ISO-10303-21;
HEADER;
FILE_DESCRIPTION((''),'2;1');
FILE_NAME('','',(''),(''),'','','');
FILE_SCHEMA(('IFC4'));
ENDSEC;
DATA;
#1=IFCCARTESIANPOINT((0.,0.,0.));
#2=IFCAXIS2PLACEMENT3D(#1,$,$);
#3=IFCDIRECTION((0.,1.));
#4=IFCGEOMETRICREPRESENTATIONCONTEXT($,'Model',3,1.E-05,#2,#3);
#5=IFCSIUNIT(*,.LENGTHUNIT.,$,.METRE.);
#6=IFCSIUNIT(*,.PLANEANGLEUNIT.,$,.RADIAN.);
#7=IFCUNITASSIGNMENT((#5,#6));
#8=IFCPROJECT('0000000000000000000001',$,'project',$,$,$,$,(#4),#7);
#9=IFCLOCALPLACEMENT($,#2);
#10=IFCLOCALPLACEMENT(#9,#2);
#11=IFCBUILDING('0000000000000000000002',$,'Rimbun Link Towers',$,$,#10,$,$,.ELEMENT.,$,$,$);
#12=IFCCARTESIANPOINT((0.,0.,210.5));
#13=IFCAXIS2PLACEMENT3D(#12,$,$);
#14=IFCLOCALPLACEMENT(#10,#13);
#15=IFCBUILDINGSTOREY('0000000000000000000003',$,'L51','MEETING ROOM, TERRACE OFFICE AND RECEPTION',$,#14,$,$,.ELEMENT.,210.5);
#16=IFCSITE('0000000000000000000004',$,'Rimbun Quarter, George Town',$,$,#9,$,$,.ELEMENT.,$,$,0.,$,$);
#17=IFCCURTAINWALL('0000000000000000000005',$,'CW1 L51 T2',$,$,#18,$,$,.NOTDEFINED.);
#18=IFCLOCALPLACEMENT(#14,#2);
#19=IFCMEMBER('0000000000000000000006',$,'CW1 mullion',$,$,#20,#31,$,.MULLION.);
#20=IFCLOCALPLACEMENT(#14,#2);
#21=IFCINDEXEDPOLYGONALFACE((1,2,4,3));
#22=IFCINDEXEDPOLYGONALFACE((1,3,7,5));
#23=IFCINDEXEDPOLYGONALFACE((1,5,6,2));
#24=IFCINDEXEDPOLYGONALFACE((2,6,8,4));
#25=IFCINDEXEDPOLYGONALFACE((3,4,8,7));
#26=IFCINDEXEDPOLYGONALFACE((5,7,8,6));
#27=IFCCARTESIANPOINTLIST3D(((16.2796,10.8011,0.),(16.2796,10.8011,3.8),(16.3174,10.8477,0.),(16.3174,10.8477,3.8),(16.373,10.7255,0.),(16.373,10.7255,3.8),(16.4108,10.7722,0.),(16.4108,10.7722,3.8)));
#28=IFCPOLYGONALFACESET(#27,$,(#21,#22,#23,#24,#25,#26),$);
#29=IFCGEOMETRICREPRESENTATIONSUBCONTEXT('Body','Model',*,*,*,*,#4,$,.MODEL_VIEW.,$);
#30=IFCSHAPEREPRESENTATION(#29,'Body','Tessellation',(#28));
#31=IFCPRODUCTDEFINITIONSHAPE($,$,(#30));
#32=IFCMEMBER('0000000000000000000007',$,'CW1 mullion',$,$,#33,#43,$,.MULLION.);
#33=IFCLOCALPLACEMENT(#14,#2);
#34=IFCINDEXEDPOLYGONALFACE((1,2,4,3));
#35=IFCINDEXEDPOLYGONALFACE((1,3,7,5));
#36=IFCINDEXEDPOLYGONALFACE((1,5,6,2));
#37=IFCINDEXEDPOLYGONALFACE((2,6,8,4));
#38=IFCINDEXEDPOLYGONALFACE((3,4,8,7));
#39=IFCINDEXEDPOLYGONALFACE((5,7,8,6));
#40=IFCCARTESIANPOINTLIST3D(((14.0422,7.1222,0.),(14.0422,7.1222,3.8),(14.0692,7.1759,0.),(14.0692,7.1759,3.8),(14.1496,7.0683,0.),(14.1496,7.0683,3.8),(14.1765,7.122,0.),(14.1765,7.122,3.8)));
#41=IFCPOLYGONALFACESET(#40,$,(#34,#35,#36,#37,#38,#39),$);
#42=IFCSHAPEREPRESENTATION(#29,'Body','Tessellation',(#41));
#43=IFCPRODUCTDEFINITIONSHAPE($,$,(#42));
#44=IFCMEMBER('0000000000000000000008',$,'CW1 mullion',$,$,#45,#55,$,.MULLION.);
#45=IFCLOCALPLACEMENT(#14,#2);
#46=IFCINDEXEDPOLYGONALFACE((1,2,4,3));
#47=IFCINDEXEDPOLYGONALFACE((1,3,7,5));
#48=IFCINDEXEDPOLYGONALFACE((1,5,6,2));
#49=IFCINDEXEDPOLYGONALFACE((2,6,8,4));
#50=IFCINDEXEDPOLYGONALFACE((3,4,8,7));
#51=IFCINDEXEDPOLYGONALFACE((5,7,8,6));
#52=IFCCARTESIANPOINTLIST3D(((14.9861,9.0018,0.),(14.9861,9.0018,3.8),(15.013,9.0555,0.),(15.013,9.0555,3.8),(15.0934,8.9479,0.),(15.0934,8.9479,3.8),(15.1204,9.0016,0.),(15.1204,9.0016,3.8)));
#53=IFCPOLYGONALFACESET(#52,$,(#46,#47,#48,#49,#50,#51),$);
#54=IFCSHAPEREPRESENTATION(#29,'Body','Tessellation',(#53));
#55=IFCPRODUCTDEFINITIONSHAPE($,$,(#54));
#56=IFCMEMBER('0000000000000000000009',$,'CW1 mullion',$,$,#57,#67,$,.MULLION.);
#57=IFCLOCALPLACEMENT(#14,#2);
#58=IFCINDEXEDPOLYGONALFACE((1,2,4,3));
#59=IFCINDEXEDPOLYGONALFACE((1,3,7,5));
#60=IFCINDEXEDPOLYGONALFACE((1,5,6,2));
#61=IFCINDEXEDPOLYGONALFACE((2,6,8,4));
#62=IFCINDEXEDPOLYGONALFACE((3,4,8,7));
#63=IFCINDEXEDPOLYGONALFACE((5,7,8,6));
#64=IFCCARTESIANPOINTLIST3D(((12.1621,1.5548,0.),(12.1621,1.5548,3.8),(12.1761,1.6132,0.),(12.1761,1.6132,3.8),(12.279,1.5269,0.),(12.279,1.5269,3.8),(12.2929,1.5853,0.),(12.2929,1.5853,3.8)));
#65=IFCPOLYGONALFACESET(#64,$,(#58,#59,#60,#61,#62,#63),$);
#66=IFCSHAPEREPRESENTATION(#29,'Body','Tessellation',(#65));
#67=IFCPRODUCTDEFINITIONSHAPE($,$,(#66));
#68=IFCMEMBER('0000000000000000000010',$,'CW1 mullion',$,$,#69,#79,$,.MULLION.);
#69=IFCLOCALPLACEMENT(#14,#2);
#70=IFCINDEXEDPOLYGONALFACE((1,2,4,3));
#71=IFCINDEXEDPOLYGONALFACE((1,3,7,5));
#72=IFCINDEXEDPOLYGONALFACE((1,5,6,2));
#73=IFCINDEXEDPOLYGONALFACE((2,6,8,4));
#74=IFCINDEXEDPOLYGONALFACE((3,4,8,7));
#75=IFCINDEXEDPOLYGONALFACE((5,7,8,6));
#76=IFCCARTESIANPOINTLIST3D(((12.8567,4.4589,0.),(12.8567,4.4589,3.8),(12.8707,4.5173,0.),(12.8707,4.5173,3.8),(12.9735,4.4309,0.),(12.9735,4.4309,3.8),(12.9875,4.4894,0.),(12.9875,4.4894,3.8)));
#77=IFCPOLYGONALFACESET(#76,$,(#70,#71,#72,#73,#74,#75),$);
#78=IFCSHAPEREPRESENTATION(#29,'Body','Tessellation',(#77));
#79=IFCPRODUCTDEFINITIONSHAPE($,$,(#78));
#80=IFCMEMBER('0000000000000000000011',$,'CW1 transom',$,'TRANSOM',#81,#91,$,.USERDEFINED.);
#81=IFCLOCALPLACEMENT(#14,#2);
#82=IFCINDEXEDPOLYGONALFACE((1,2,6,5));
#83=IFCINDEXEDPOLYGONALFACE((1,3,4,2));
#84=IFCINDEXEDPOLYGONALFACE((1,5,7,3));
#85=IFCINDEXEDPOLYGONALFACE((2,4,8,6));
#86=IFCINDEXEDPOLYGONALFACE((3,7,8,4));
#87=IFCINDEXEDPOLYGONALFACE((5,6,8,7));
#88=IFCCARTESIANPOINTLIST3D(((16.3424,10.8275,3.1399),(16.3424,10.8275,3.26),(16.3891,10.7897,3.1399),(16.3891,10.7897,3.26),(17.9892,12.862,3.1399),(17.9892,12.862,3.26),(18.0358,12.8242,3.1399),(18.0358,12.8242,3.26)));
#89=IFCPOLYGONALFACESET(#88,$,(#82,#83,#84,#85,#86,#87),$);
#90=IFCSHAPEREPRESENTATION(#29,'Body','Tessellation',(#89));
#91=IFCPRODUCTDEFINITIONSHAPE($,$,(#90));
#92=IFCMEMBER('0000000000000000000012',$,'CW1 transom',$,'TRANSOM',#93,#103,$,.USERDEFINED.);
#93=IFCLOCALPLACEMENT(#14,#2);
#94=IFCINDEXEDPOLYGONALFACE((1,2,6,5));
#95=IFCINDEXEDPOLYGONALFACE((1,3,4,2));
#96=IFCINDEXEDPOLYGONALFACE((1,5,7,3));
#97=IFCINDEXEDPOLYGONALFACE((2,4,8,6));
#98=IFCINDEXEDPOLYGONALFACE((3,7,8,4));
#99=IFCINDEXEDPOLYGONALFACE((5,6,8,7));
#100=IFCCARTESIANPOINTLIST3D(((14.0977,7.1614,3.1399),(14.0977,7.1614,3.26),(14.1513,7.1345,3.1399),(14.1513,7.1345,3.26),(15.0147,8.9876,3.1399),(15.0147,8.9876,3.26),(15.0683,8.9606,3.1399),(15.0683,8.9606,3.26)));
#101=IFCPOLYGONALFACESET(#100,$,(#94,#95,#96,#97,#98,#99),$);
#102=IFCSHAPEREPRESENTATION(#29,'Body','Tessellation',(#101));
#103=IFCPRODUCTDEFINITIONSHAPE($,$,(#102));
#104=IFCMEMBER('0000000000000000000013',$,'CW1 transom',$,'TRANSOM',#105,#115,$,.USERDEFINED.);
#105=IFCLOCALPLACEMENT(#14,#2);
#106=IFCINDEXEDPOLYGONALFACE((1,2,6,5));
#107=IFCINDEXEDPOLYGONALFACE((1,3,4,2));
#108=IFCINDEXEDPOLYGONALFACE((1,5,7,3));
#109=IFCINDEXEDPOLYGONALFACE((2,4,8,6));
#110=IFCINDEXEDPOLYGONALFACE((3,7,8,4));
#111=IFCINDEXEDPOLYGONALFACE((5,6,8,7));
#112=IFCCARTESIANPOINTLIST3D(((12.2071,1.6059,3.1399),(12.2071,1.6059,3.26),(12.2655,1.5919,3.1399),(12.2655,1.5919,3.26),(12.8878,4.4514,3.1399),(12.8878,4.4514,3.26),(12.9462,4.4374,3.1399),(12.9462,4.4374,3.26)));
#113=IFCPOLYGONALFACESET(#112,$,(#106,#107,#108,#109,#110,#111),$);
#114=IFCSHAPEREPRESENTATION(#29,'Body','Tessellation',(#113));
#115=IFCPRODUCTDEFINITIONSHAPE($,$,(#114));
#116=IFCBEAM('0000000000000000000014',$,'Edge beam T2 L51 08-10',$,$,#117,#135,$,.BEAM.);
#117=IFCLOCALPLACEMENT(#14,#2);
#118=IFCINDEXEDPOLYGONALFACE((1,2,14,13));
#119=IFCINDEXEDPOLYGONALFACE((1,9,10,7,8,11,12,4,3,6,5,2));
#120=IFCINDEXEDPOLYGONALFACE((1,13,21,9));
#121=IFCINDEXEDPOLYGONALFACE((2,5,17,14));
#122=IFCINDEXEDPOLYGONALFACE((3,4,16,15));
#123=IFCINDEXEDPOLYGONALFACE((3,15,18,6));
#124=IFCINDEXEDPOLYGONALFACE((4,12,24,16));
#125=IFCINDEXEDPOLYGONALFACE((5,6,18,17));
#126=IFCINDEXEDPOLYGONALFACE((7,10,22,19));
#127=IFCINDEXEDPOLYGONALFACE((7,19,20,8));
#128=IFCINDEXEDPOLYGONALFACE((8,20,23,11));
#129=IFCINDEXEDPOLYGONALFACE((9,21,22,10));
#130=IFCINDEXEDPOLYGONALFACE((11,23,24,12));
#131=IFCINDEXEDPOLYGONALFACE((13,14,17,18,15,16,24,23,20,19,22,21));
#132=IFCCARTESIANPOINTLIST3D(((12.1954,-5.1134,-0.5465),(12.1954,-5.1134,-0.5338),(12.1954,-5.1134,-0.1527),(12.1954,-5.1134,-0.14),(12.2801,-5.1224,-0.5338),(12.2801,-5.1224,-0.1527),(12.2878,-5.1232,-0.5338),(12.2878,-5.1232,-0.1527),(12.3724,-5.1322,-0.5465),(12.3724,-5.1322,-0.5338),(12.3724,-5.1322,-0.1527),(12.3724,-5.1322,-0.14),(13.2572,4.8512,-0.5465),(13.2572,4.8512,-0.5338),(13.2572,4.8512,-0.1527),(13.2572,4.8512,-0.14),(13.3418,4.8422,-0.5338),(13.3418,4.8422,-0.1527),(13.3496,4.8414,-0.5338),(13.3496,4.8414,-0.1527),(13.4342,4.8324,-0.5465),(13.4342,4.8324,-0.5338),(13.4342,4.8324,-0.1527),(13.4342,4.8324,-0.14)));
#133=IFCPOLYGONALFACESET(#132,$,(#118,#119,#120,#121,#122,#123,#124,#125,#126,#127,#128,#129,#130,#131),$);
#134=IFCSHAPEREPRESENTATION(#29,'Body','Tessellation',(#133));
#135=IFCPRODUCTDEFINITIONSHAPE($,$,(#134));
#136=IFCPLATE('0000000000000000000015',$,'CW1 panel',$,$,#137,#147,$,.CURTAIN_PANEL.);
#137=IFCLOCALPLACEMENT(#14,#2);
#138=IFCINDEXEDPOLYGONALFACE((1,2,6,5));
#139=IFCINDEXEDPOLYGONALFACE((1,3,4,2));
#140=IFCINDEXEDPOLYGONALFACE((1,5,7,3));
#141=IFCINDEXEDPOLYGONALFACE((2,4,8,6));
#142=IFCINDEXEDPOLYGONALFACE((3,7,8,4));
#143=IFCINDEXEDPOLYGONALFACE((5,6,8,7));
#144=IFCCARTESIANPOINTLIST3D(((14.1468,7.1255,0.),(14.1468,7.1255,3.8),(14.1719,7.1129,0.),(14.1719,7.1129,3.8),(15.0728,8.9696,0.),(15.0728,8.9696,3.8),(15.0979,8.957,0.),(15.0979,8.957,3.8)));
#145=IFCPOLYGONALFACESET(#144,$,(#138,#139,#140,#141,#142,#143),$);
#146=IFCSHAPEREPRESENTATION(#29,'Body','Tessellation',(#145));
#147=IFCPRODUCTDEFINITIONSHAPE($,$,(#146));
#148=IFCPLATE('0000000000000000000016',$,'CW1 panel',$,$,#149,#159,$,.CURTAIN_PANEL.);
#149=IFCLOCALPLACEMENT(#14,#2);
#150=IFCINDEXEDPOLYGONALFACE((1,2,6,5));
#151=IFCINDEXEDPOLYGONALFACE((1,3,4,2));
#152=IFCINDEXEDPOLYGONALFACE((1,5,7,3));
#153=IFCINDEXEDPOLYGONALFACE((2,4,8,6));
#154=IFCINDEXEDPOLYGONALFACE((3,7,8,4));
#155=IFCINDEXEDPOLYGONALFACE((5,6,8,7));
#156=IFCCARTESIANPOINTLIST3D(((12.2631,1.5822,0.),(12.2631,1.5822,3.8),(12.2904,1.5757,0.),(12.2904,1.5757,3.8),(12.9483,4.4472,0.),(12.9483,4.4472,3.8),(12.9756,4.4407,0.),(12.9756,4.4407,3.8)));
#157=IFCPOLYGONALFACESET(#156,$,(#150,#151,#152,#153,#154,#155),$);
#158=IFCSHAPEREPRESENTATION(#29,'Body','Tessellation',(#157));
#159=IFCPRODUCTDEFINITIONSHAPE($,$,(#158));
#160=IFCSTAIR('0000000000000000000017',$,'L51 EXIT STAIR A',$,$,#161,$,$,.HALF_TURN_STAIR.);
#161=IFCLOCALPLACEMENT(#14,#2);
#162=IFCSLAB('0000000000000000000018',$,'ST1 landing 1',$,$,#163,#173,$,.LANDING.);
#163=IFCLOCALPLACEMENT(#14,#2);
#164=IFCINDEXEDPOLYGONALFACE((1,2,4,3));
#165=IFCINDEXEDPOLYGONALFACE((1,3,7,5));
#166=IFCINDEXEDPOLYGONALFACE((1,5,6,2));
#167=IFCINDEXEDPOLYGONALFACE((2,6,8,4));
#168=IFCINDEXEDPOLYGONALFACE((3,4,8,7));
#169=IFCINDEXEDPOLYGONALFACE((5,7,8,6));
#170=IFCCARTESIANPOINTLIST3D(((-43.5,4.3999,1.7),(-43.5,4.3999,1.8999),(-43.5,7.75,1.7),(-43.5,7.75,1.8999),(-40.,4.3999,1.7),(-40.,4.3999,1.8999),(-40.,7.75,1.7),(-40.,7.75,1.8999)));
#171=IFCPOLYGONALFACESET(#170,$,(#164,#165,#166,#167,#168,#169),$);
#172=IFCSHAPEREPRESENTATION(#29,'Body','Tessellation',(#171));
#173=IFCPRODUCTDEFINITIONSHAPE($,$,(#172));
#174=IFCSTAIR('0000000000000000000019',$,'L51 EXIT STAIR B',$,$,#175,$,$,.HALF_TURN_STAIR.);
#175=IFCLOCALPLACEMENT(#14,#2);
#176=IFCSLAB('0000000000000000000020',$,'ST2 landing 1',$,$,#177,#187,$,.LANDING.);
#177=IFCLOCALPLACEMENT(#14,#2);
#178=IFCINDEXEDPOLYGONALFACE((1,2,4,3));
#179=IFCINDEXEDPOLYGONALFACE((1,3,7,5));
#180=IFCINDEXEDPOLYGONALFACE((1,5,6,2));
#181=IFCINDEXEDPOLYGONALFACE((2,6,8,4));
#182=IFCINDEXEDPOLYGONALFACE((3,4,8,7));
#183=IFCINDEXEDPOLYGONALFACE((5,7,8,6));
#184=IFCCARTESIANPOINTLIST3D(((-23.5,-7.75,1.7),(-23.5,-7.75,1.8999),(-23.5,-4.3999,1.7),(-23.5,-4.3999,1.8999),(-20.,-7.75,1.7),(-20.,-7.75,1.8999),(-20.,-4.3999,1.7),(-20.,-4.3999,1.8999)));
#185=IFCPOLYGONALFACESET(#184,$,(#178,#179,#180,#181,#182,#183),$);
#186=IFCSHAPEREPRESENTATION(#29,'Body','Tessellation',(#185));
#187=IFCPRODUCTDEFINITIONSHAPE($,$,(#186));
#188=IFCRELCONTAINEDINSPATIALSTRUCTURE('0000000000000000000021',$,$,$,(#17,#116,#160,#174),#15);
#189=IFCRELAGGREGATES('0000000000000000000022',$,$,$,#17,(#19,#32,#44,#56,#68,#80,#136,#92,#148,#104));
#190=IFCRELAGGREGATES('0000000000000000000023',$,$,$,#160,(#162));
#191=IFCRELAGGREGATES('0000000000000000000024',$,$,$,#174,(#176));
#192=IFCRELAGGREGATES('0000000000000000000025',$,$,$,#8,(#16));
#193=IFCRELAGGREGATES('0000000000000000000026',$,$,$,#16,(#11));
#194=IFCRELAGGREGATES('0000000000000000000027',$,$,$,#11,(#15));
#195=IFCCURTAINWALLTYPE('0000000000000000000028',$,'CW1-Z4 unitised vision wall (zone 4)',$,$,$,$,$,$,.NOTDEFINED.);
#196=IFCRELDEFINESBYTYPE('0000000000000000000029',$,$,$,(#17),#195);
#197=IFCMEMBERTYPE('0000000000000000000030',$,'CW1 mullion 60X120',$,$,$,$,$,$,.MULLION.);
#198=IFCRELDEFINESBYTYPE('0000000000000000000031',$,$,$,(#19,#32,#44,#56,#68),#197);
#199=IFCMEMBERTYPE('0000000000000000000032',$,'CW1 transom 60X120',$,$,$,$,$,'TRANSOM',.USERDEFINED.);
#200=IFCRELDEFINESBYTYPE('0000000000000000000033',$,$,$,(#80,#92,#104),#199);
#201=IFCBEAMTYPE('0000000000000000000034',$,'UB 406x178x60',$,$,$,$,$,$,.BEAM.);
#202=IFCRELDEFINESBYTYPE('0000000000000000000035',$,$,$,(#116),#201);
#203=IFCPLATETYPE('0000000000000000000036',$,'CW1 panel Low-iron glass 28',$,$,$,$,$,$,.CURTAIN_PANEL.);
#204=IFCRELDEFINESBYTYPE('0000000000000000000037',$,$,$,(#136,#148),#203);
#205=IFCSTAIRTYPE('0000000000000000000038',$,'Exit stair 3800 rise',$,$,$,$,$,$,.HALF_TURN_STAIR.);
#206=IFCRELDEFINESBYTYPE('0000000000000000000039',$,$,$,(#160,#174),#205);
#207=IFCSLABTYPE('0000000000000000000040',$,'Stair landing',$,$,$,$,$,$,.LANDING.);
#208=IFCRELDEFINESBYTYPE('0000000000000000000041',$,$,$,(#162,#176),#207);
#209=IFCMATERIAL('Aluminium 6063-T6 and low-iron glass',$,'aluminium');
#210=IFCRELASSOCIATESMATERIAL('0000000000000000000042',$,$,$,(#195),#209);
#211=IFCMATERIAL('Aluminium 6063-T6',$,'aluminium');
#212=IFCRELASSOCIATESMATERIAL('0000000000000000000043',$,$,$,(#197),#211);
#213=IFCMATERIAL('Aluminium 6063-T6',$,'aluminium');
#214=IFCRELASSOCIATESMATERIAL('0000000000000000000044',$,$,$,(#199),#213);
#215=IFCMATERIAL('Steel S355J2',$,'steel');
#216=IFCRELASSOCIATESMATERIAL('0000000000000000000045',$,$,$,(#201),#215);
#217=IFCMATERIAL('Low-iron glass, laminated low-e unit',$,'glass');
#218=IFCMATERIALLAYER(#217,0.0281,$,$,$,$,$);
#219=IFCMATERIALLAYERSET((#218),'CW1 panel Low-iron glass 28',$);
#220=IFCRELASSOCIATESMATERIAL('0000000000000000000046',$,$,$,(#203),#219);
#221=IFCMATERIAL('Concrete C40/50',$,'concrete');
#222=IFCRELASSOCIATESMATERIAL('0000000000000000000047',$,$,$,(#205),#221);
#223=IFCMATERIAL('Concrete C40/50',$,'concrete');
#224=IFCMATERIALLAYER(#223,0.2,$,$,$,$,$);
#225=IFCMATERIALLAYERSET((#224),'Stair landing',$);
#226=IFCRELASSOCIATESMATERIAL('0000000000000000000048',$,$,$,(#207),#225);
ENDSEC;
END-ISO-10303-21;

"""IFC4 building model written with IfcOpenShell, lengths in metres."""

from ifc_helpers import new_model, si_unit, direction, frame, origin, origin_2d, place, context, subcontext, project, spatial, polyline, rectangle, i_section, outline, extrude, material, layer, layer_set, material_profile, profile_set, type_object, element, aggregate, save


model = new_model("IFC4")

# Units and contexts
model_context = context("Model", 3, precision=1e-05, world=origin(), true_north=direction((0.0, 1.0)))
body_context = subcontext(model_context, "Body", "Model", "MODEL_VIEW")
ifc_project = project(units=[si_unit("LENGTHUNIT", "METRE"), si_unit("PLANEANGLEUNIT", "RADIAN")], contexts=[model_context])

# Site, building, storey
site_placement = place(None, origin())
site = spatial("IfcSite", under=ifc_project, at=site_placement, Name="Rimbun Quarter, George Town", CompositionType="ELEMENT", RefElevation=0.0)
building_placement = place(site_placement, origin())
building = spatial("IfcBuilding", under=site, at=building_placement, Name="Rimbun Link Towers", CompositionType="ELEMENT")
storey_placement = place(building_placement, frame((0.0, 0.0, 210.5)))
storey = spatial("IfcBuildingStorey", under=building, at=storey_placement, Name="L51", Description="MEETING ROOM, TERRACE OFFICE AND RECEPTION", CompositionType="ELEMENT", Elevation=210.5)

# Curtain wall, members
ifc_material_1 = material(Name="Aluminium 6063-T6 and low-iron glass", Category="aluminium")
curtain_wall_type = type_object("IfcCurtainWallType", Name="CW1-Z4 unitised vision wall (zone 4)", PredefinedType="NOTDEFINED", material=ifc_material_1)
curtain_wall_placement = place(storey_placement, origin())
curtain_wall = element("IfcCurtainWall", 1, at=curtain_wall_placement, inside=storey, type_object=curtain_wall_type, Name="CW1 L51 T2", PredefinedType="NOTDEFINED")
ifc_material_2 = material(Name="Aluminium 6063-T6", Category="aluminium")
ifc_material_profile_1 = material_profile(ifc_material_2, rectangle(XDim=0.1201, YDim=0.0601, at=origin_2d()), Name="MULLION 60X120")
ifc_profile_set_1 = profile_set([ifc_material_profile_1], Name="Aluminium 6063-T6")
member_type_1 = type_object("IfcMemberType", Name="CW1 mullion 60X120", PredefinedType="MULLION", material=ifc_profile_set_1)
member_1_placement = place(storey_placement, frame((16.3452, 10.7866, 0.0), z_axis=(0.0, 0.0, 1.0), x_axis=(-0.777266, 0.629172, 0.0)))
member_1 = element("IfcMember", 2, at=member_1_placement, type_object=member_type_1, Name="CW1 mullion", PredefinedType="MULLION", context=body_context, shape_type="SweptSolid", body=[
    extrude(rectangle(XDim=0.1201, YDim=0.0601, at=origin_2d()), origin(), (0.0, 0.0, 1.0), 3.8),
])
member_2_placement = place(storey_placement, frame((14.1094, 7.1221, 0.0), z_axis=(0.0, 0.0, 1.0), x_axis=(-0.89365, 0.448764, 0.0)))
member_2 = element("IfcMember", 3, at=member_2_placement, type_object=member_type_1, Name="CW1 mullion", PredefinedType="MULLION", context=body_context, shape_type="SweptSolid", body=[
    extrude(rectangle(XDim=0.1201, YDim=0.0601, at=origin_2d()), origin(), (0.0, 0.0, 1.0), 3.8),
])
member_3_placement = place(storey_placement, frame((15.0532, 9.0017, 0.0), z_axis=(0.0, 0.0, 1.0), x_axis=(-0.89365, 0.448764, 0.0)))
member_3 = element("IfcMember", 4, at=member_3_placement, type_object=member_type_1, Name="CW1 mullion", PredefinedType="MULLION", context=body_context, shape_type="SweptSolid", body=[
    extrude(rectangle(XDim=0.1201, YDim=0.0601, at=origin_2d()), origin(), (0.0, 0.0, 1.0), 3.8),
])
member_4_placement = place(storey_placement, frame((12.2275, 1.5701, 0.0), z_axis=(0.0, 0.0, 1.0), x_axis=(-0.972573, 0.2326, 0.0)))
member_4 = element("IfcMember", 5, at=member_4_placement, type_object=member_type_1, Name="CW1 mullion", PredefinedType="MULLION", context=body_context, shape_type="SweptSolid", body=[
    extrude(rectangle(XDim=0.1201, YDim=0.0601, at=origin_2d()), origin(), (0.0, 0.0, 1.0), 3.8),
])
member_5_placement = place(storey_placement, frame((12.9221, 4.4741, 0.0), z_axis=(0.0, 0.0, 1.0), x_axis=(-0.972573, 0.2326, 0.0)))
member_5 = element("IfcMember", 6, at=member_5_placement, type_object=member_type_1, Name="CW1 mullion", PredefinedType="MULLION", context=body_context, shape_type="SweptSolid", body=[
    extrude(rectangle(XDim=0.1201, YDim=0.0601, at=origin_2d()), origin(), (0.0, 0.0, 1.0), 3.8),
])
ifc_material_3 = material(Name="Aluminium 6063-T6", Category="aluminium")
ifc_material_profile_2 = material_profile(ifc_material_3, rectangle(XDim=0.0601, YDim=0.1201, at=origin_2d()), Name="TRANSOM 60X120")
ifc_profile_set_2 = profile_set([ifc_material_profile_2], Name="Aluminium 6063-T6")
member_type_2 = type_object("IfcMemberType", Name="CW1 transom 60X120", ElementType="TRANSOM", PredefinedType="USERDEFINED", material=ifc_profile_set_2)
member_6_placement = place(storey_placement, frame((16.3657, 10.8086, 3.2), z_axis=(0.629155, 0.77728, 0.0), x_axis=(-0.77728, 0.629155, 0.0)))
member_6 = element("IfcMember", 7, at=member_6_placement, type_object=member_type_2, Name="CW1 transom", ObjectType="TRANSOM", PredefinedType="USERDEFINED", context=body_context, shape_type="SweptSolid", body=[
    extrude(rectangle(XDim=0.0601, YDim=0.1201, at=origin_2d()), origin(), (0.0, 0.0, 1.0), 2.6174),
])
member_7_placement = place(storey_placement, frame((14.1245, 7.1479, 3.2), z_axis=(0.448742, 0.893661, 0.0), x_axis=(-0.893661, 0.448742, 0.0)))
member_7 = element("IfcMember", 8, at=member_7_placement, type_object=member_type_2, Name="CW1 transom", ObjectType="TRANSOM", PredefinedType="USERDEFINED", context=body_context, shape_type="SweptSolid", body=[
    extrude(rectangle(XDim=0.0601, YDim=0.1201, at=origin_2d()), origin(), (0.0, 0.0, 1.0), 2.0435),
])
member_8_placement = place(storey_placement, frame((12.2363, 1.5989, 3.2), z_axis=(0.232647, 0.972561, 0.0), x_axis=(-0.972561, 0.232647, 0.0)))
member_8 = element("IfcMember", 9, at=member_8_placement, type_object=member_type_2, Name="CW1 transom", ObjectType="TRANSOM", PredefinedType="USERDEFINED", context=body_context, shape_type="SweptSolid", body=[
    extrude(rectangle(XDim=0.0601, YDim=0.1201, at=origin_2d()), origin(), (0.0, 0.0, 1.0), 2.9258),
])

# Beam
ifc_material_4 = material(Name="Steel S355J2", Category="steel")
ifc_material_profile_3 = material_profile(ifc_material_4, i_section(OverallWidth=0.178, OverallDepth=0.4065, WebThickness=0.0078, FlangeThickness=0.0127, at=origin_2d()), Name="UB 406x178x60")
ifc_profile_set_3 = profile_set([ifc_material_profile_3], Name="Steel S355J2")
beam_type = type_object("IfcBeamType", Name="UB 406x178x60", PredefinedType="BEAM", material=ifc_profile_set_3)
beam_placement = place(storey_placement, frame((13.3457, 4.8418, -0.3433), z_axis=(-0.105954, -0.994371, 0.0), x_axis=(0.994371, -0.105954, 0.0)))
element("IfcBeam", 10, at=beam_placement, inside=storey, type_object=beam_type, Name="Edge beam T2 L51 08-10", PredefinedType="BEAM", context=body_context, shape_type="SweptSolid", body=[
    extrude(i_section(OverallWidth=0.178, OverallDepth=0.4065, WebThickness=0.0078, FlangeThickness=0.0127, at=origin_2d()), origin(), (0.0, 0.0, 1.0), 10.021),
])

# Plates
ifc_material_5 = material(Name="Low-iron glass, laminated low-e unit", Category="glass")
ifc_layer_1 = layer(ifc_material_5, 0.0281)
ifc_layer_set_1 = layer_set([ifc_layer_1], Name="CW1 panel Low-iron glass 28")
plate_type = type_object("IfcPlateType", Name="CW1 panel Low-iron glass 28", PredefinedType="CURTAIN_PANEL", material=ifc_layer_set_1)
plate_1_placement = place(storey_placement, frame((14.6223, 8.0413, 0.0), z_axis=(0.0, 0.0, 1.0), x_axis=(0.448764, 0.89365, 0.0)))
plate_1 = element("IfcPlate", 11, at=plate_1_placement, type_object=plate_type, Name="CW1 panel", PredefinedType="CURTAIN_PANEL", context=body_context, shape_type="SweptSolid", body=[
    extrude(rectangle(XDim=2.0635, YDim=0.0281, at=origin_2d()), origin(), (0.0, 0.0, 1.0), 3.8),
])
plate_2_placement = place(storey_placement, frame((12.6194, 3.0115, 0.0), z_axis=(0.0, 0.0, 1.0), x_axis=(0.2326, 0.972573, 0.0)))
plate_2 = element("IfcPlate", 12, at=plate_2_placement, type_object=plate_type, Name="CW1 panel", PredefinedType="CURTAIN_PANEL", context=body_context, shape_type="SweptSolid", body=[
    extrude(rectangle(XDim=2.9458, YDim=0.0281, at=origin_2d()), origin(), (0.0, 0.0, 1.0), 3.8),
])
aggregate(curtain_wall, [member_1, member_2, member_3, member_4, member_5, member_6, plate_1, member_7, plate_2, member_8])

# Stairs, slabs
ifc_material_6 = material(Name="Concrete C40/50", Category="concrete")
stair_type = type_object("IfcStairType", Name="Exit stair 3800 rise", PredefinedType="HALF_TURN_STAIR", material=ifc_material_6)
stair_1_placement = place(storey_placement, origin())
stair_1 = element("IfcStair", 13, at=stair_1_placement, inside=storey, type_object=stair_type, Name="L51 EXIT STAIR A", PredefinedType="HALF_TURN_STAIR")
ifc_material_7 = material(Name="Concrete C40/50", Category="concrete")
ifc_layer_2 = layer(ifc_material_7, 0.2)
ifc_layer_set_2 = layer_set([ifc_layer_2], Name="Stair landing")
slab_type = type_object("IfcSlabType", Name="Stair landing", PredefinedType="LANDING", material=ifc_layer_set_2)
slab_1_placement = place(storey_placement, frame((0.0, 0.0, 1.7)))
slab_1 = element("IfcSlab", 14, at=slab_1_placement, type_object=slab_type, Name="ST1 landing 1", PredefinedType="LANDING", context=body_context, shape_type="SweptSolid", body=[
    extrude(outline(polyline([(-40.0, 7.75), (-43.5, 7.75), (-43.5, 4.3999), (-40.0, 4.3999), (-40.0, 7.75)])), origin(), (0.0, 0.0, 1.0), 0.2),
])
aggregate(stair_1, [slab_1])
stair_2_placement = place(storey_placement, origin())
stair_2 = element("IfcStair", 15, at=stair_2_placement, inside=storey, type_object=stair_type, Name="L51 EXIT STAIR B", PredefinedType="HALF_TURN_STAIR")
slab_2_placement = place(storey_placement, frame((0.0, 0.0, 1.7)))
slab_2 = element("IfcSlab", 16, at=slab_2_placement, type_object=slab_type, Name="ST2 landing 1", PredefinedType="LANDING", context=body_context, shape_type="SweptSolid", body=[
    extrude(outline(polyline([(-23.5, -7.75), (-20.0, -7.75), (-20.0, -4.3999), (-23.5, -4.3999), (-23.5, -7.75)])), origin(), (0.0, 0.0, 1.0), 0.2),
])
aggregate(stair_2, [slab_2])

save(model, "model.ifc")
